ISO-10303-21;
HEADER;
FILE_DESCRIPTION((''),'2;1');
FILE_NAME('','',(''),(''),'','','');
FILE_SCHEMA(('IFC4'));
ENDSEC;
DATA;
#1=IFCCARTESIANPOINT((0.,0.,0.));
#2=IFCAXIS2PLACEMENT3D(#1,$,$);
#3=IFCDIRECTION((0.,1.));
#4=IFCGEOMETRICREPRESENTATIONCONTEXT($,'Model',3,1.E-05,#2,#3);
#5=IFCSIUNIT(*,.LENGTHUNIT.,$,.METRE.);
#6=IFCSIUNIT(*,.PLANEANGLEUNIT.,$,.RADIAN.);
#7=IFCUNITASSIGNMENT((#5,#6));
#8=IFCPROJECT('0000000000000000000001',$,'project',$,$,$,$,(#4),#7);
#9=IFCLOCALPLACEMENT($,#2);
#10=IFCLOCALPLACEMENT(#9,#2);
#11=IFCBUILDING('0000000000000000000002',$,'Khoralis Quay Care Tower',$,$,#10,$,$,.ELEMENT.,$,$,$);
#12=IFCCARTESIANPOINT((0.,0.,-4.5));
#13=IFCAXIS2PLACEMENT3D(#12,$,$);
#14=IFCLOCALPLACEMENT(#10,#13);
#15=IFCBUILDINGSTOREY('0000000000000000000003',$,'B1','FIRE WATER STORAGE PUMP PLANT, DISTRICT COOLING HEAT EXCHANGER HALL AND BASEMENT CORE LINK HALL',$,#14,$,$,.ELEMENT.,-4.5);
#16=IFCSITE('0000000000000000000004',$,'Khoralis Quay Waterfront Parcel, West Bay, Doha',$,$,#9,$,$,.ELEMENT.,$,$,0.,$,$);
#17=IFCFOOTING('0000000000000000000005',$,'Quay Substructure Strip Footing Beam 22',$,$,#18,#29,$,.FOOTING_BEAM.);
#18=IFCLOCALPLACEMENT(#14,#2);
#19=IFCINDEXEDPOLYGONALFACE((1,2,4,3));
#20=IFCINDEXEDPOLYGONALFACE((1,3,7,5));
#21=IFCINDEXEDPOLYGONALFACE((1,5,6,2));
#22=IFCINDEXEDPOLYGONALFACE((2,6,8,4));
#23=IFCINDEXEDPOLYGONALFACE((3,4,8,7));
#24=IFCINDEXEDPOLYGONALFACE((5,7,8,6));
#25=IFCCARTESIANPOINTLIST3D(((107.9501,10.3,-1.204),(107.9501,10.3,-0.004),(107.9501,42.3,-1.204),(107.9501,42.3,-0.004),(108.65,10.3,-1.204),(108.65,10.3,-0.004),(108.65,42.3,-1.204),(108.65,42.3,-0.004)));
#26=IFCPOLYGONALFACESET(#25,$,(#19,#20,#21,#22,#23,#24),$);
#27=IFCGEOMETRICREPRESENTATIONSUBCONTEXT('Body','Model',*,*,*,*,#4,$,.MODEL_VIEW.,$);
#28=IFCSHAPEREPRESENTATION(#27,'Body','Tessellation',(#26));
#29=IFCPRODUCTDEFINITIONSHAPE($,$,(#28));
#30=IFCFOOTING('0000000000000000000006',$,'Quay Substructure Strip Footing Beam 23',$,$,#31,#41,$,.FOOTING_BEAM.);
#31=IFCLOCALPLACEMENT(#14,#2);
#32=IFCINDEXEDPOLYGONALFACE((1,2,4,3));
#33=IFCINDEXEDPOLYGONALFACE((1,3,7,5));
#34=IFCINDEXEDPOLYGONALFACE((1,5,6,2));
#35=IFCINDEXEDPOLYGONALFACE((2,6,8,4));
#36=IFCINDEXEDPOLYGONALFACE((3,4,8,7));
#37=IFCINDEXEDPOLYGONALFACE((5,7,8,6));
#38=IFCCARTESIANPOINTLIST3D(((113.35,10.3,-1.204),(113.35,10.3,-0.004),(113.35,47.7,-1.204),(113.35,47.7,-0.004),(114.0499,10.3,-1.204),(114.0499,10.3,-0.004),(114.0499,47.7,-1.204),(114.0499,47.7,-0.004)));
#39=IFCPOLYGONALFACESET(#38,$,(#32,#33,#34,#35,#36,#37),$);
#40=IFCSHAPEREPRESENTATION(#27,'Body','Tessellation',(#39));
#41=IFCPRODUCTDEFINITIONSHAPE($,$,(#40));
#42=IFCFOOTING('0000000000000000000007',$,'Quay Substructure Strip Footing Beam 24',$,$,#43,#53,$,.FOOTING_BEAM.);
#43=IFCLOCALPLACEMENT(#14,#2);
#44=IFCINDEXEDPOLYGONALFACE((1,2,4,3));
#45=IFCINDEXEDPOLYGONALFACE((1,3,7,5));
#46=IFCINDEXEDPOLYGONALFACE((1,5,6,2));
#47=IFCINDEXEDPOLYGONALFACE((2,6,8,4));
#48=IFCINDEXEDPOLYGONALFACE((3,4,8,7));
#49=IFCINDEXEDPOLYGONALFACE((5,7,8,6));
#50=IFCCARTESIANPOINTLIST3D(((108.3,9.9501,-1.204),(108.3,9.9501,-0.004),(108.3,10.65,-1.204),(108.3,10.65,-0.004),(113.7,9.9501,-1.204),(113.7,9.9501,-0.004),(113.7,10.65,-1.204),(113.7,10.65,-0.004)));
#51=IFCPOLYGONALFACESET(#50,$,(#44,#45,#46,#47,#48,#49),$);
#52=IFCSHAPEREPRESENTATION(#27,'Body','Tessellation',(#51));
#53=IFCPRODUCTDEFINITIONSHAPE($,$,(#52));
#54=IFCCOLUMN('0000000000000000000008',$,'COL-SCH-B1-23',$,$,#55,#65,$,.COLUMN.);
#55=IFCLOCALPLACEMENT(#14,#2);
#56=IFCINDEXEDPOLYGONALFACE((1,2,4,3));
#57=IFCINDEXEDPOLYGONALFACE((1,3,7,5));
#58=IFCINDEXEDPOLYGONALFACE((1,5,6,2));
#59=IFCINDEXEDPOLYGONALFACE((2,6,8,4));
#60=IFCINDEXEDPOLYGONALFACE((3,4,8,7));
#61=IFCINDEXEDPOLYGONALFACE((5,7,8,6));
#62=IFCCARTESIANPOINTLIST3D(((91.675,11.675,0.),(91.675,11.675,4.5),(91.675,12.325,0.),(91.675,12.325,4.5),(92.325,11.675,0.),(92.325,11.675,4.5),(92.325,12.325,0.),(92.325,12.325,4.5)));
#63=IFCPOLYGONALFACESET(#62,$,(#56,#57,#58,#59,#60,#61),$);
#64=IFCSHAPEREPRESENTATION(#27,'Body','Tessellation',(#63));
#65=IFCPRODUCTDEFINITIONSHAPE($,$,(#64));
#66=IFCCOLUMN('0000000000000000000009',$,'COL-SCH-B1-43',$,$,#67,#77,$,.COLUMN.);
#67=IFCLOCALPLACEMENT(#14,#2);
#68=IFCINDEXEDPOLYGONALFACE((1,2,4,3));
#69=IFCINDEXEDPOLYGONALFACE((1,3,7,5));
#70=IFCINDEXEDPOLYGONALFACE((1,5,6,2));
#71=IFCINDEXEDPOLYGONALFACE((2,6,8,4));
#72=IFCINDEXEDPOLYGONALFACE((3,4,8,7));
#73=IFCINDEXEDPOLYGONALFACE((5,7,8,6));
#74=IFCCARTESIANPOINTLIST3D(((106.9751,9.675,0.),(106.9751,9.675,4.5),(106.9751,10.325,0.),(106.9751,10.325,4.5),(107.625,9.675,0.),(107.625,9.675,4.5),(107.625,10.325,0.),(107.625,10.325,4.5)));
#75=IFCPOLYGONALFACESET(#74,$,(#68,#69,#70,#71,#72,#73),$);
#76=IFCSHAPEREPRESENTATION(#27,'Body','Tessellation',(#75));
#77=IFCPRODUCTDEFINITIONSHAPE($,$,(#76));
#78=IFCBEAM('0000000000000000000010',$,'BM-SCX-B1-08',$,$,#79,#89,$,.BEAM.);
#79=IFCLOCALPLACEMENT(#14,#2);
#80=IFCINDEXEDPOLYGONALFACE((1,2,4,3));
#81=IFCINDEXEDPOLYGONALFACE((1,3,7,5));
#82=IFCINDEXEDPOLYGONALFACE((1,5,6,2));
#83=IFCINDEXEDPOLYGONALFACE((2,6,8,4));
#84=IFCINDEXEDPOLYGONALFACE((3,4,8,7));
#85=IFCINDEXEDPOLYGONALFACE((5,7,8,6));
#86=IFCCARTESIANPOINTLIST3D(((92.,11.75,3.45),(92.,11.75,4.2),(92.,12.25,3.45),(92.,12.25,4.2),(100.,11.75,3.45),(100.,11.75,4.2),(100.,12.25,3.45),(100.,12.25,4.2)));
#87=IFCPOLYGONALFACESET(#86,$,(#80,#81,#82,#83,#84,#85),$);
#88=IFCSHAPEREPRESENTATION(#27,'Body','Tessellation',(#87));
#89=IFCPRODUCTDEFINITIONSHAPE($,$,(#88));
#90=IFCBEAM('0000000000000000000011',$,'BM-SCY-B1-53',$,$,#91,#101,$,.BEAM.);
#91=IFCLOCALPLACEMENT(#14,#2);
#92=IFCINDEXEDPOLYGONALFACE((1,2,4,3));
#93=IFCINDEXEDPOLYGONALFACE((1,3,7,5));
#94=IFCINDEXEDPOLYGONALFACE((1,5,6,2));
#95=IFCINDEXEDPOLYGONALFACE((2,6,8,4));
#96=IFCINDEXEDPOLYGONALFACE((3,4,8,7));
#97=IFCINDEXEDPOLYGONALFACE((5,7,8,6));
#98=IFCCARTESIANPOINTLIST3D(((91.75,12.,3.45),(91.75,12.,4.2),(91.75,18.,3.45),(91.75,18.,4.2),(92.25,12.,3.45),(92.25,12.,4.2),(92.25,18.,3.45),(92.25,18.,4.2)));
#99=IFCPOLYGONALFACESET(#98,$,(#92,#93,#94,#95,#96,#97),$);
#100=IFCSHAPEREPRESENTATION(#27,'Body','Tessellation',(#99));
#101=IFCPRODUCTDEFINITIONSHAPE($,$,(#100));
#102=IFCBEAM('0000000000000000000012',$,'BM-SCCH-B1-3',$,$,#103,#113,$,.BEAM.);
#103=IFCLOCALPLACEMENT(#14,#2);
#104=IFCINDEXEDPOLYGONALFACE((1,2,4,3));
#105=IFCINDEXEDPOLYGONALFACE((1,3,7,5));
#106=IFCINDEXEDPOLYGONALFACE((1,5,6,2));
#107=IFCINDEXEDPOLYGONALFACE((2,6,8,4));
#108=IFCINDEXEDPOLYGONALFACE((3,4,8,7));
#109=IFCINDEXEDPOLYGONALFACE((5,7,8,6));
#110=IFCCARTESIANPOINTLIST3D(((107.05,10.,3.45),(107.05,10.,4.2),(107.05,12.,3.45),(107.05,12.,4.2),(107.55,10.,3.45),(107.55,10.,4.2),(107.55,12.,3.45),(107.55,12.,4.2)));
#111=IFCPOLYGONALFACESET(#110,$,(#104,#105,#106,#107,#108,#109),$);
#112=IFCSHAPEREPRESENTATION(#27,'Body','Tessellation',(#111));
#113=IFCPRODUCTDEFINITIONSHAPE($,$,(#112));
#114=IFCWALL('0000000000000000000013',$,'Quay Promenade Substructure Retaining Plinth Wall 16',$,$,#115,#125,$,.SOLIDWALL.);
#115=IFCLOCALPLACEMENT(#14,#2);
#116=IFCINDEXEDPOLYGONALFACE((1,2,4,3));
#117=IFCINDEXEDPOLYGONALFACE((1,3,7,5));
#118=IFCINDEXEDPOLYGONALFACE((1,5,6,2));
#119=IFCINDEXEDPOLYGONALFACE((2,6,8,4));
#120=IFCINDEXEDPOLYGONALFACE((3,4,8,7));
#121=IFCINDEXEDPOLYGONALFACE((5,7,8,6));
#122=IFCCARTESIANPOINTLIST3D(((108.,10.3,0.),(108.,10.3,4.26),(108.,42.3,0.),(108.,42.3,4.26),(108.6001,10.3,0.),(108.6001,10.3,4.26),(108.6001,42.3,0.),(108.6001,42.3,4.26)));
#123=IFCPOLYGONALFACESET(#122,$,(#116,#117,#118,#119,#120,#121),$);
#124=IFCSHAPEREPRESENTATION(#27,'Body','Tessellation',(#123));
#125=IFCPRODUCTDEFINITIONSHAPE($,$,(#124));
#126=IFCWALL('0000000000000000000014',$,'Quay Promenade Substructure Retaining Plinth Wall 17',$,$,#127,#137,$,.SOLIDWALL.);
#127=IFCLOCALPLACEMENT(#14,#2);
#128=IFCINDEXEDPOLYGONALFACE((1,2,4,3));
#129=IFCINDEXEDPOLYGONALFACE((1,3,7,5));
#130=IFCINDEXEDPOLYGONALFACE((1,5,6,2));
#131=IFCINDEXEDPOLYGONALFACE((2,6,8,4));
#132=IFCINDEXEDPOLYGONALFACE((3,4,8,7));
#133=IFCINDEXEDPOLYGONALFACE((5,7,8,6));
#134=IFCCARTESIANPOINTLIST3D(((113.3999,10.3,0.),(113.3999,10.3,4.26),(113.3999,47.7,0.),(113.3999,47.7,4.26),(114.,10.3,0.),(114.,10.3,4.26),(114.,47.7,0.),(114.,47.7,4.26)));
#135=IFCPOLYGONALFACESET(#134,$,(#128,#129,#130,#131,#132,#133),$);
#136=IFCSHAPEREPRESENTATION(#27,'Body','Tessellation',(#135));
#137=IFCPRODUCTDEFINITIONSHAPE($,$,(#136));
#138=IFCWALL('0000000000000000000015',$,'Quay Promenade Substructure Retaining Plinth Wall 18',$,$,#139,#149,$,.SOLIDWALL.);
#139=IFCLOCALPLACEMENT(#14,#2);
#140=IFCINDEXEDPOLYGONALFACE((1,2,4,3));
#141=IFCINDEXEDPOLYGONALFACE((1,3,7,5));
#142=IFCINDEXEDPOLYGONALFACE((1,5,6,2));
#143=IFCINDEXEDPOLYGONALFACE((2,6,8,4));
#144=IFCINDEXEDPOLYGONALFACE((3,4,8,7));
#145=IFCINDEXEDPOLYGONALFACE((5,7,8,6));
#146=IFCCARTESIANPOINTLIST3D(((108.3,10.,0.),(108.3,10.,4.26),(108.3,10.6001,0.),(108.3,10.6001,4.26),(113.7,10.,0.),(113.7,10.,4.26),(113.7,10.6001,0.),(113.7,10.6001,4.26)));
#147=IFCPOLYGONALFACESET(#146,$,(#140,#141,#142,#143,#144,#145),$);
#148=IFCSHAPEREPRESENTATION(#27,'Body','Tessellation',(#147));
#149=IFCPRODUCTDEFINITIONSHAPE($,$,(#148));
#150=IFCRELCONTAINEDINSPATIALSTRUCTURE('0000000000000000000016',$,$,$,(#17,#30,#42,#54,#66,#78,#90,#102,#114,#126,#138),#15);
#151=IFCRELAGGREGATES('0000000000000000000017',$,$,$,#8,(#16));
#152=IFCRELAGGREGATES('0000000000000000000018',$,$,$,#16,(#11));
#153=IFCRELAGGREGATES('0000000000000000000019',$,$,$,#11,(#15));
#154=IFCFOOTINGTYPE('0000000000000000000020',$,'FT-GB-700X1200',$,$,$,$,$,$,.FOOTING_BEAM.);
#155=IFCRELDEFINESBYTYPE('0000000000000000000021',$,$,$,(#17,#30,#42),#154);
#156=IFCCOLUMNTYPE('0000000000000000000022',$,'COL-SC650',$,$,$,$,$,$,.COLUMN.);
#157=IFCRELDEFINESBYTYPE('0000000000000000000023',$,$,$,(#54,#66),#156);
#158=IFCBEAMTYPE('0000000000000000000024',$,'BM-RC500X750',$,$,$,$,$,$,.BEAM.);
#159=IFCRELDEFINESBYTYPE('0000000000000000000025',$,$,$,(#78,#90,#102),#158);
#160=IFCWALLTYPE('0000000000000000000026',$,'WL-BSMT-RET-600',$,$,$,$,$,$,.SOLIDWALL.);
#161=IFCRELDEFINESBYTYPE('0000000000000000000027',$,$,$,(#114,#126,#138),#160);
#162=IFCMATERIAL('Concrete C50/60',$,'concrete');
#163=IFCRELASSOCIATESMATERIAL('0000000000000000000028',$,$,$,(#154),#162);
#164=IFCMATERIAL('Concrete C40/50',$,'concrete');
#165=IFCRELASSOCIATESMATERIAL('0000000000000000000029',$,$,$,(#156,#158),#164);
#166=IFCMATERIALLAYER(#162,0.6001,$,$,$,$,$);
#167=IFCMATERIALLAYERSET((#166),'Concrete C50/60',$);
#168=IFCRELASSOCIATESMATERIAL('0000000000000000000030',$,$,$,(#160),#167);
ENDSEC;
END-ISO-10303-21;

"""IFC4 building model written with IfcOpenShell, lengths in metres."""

from ifc_helpers import new_model, si_unit, direction, frame, frame_2d, origin, origin_2d, place, context, subcontext, project, spatial, rectangle, extrude, source, transform, mapped, material, layer, layer_set, material_profile, profile_set, type_object, element, save


model = new_model("IFC4")

# Units and contexts
model_context = context("Model", 3, precision=1e-05, world=origin(), true_north=direction((0.0, 1.0)))
body_context = subcontext(model_context, "Body", "Model", "MODEL_VIEW")
ifc_project = project(units=[si_unit("LENGTHUNIT", "METRE"), si_unit("PLANEANGLEUNIT", "RADIAN")], contexts=[model_context])

# Site, building, storey
site_placement = place(None, origin())
site = spatial("IfcSite", under=ifc_project, at=site_placement, Name="Khoralis Quay Waterfront Parcel, West Bay, Doha", CompositionType="ELEMENT", RefElevation=0.0)
building_placement = place(site_placement, origin())
building = spatial("IfcBuilding", under=site, at=building_placement, Name="Khoralis Quay Care Tower", CompositionType="ELEMENT")
storey_placement = place(building_placement, frame((0.0, 0.0, -4.5)))
storey = spatial("IfcBuildingStorey", under=building, at=storey_placement, Name="B1", Description="FIRE WATER STORAGE PUMP PLANT, DISTRICT COOLING HEAT EXCHANGER HALL AND BASEMENT CORE LINK HALL", CompositionType="ELEMENT", Elevation=-4.5)

# Shared definitions
ifc_material_1 = material(Name="Concrete C50/60", Category="concrete")

# Footings
ifc_material_profile_1 = material_profile(ifc_material_1, rectangle(XDim=0.7, YDim=1.2, at=origin_2d()), Name="Concrete C50/60")
ifc_profile_set_1 = profile_set([ifc_material_profile_1], Name="Concrete C50/60")
footing_type_1 = type_object("IfcFootingType", Name="FT-GB-700X1200", PredefinedType="FOOTING_BEAM", material=ifc_profile_set_1)
shared_shape_1 = source(origin(), body_context, "Body", "SweptSolid", [
    extrude(rectangle(XDim=0.7, YDim=1.2, at=origin_2d()), origin(), (0.0, 0.0, 1.0), 32.0),
])
footing_1_placement = place(storey_placement, frame((108.3, 10.3, -0.604), z_axis=(0.0, 1.0, 0.0), x_axis=(-1.0, 0.0, 0.0)))
element("IfcFooting", 1, at=footing_1_placement, inside=storey, type_object=footing_type_1, Name="Quay Substructure Strip Footing Beam 22", PredefinedType="FOOTING_BEAM", context=body_context, shape_type="MappedRepresentation", body=[
    mapped(shared_shape_1, transform((0.0, 0.0, 0.0), scale=1.0)),
])
shared_shape_2 = source(origin(), body_context, "Body", "SweptSolid", [
    extrude(rectangle(XDim=0.7, YDim=1.2, at=origin_2d()), origin(), (0.0, 0.0, 1.0), 37.3999),
])
footing_2_placement = place(storey_placement, frame((113.7, 10.3, -0.604), z_axis=(0.0, 1.0, 0.0), x_axis=(-1.0, 0.0, 0.0)))
element("IfcFooting", 2, at=footing_2_placement, inside=storey, type_object=footing_type_1, Name="Quay Substructure Strip Footing Beam 23", PredefinedType="FOOTING_BEAM", context=body_context, shape_type="MappedRepresentation", body=[
    mapped(shared_shape_2, transform((0.0, 0.0, 0.0), scale=1.0)),
])
shared_shape_3 = source(origin(), body_context, "Body", "SweptSolid", [
    extrude(rectangle(XDim=0.7, YDim=1.2, at=origin_2d()), origin(), (0.0, 0.0, 1.0), 5.3999),
])
footing_3_placement = place(storey_placement, frame((108.3, 10.3, -0.604), z_axis=(1.0, 0.0, 0.0), x_axis=(0.0, 1.0, 0.0)))
element("IfcFooting", 3, at=footing_3_placement, inside=storey, type_object=footing_type_1, Name="Quay Substructure Strip Footing Beam 24", PredefinedType="FOOTING_BEAM", context=body_context, shape_type="MappedRepresentation", body=[
    mapped(shared_shape_3, transform((0.0, 0.0, 0.0), scale=1.0)),
])

# Columns
ifc_material_2 = material(Name="Concrete C40/50", Category="concrete")
ifc_material_profile_2 = material_profile(ifc_material_2, rectangle(XDim=0.6499, YDim=0.6499, at=origin_2d()), Name="Concrete C40/50")
ifc_profile_set_2 = profile_set([ifc_material_profile_2], Name="Concrete C40/50")
column_type = type_object("IfcColumnType", Name="COL-SC650", PredefinedType="COLUMN", material=ifc_profile_set_2)
shared_shape_4 = source(origin(), body_context, "Body", "SweptSolid", [
    extrude(rectangle(XDim=0.6499, YDim=0.6499, at=origin_2d()), origin(), (0.0, 0.0, 1.0), 4.5),
])
for number, where, z_axis, x_axis, name in (
    (4, (92.0, 12.0, 0.0), (0.0, 0.0, 1.0), (1.0, 0.0, 0.0), "COL-SCH-B1-23"),
    (5, (107.3, 10.0, 0.0), (0.0, 0.0, 1.0), (1.0, 0.0, 0.0), "COL-SCH-B1-43"),
):
    element("IfcColumn", number, at=place(storey_placement, frame(where, z_axis=z_axis, x_axis=x_axis)), inside=storey, type_object=column_type, Name=name, PredefinedType="COLUMN", context=body_context, shape_type="MappedRepresentation", body=[
        mapped(shared_shape_4, transform((0.0, 0.0, 0.0), scale=1.0)),
    ])

# Beams
ifc_material_profile_3 = material_profile(ifc_material_2, rectangle(XDim=0.5, YDim=0.75, at=origin_2d()), Name="Concrete C40/50")
ifc_profile_set_3 = profile_set([ifc_material_profile_3], Name="Concrete C40/50")
beam_type = type_object("IfcBeamType", Name="BM-RC500X750", PredefinedType="BEAM", material=ifc_profile_set_3)
shared_shape_5 = source(origin(), body_context, "Body", "SweptSolid", [
    extrude(rectangle(XDim=0.5, YDim=0.75, at=origin_2d()), origin(), (0.0, 0.0, 1.0), 8.0),
])
beam_1_placement = place(storey_placement, frame((92.0, 12.0, 3.825), z_axis=(1.0, 0.0, 0.0), x_axis=(0.0, 1.0, 0.0)))
element("IfcBeam", 6, at=beam_1_placement, inside=storey, type_object=beam_type, Name="BM-SCX-B1-08", PredefinedType="BEAM", context=body_context, shape_type="MappedRepresentation", body=[
    mapped(shared_shape_5, transform((0.0, 0.0, 0.0), scale=1.0)),
])
shared_shape_6 = source(origin(), body_context, "Body", "SweptSolid", [
    extrude(rectangle(XDim=0.5, YDim=0.75, at=origin_2d()), origin(), (0.0, 0.0, 1.0), 6.0),
])
beam_2_placement = place(storey_placement, frame((92.0, 12.0, 3.825), z_axis=(0.0, 1.0, 0.0), x_axis=(-1.0, 0.0, 0.0)))
element("IfcBeam", 7, at=beam_2_placement, inside=storey, type_object=beam_type, Name="BM-SCY-B1-53", PredefinedType="BEAM", context=body_context, shape_type="MappedRepresentation", body=[
    mapped(shared_shape_6, transform((0.0, 0.0, 0.0), scale=1.0)),
])
shared_shape_7 = source(origin(), body_context, "Body", "SweptSolid", [
    extrude(rectangle(XDim=0.5, YDim=0.75, at=origin_2d()), origin(), (0.0, 0.0, 1.0), 2.0),
])
beam_3_placement = place(storey_placement, frame((107.3, 10.0, 3.825), z_axis=(0.0, 1.0, 0.0), x_axis=(-1.0, 0.0, 0.0)))
element("IfcBeam", 8, at=beam_3_placement, inside=storey, type_object=beam_type, Name="BM-SCCH-B1-3", PredefinedType="BEAM", context=body_context, shape_type="MappedRepresentation", body=[
    mapped(shared_shape_7, transform((0.0, 0.0, 0.0), scale=1.0)),
])

# Walls
ifc_layer = layer(ifc_material_1, 0.6001)
ifc_layer_set = layer_set([ifc_layer], Name="Concrete C50/60")
wall_type = type_object("IfcWallType", Name="WL-BSMT-RET-600", PredefinedType="SOLIDWALL", material=ifc_layer_set)
wall_1_placement = place(storey_placement, frame((108.3, 10.3, 0.0), z_axis=(0.0, 0.0, 1.0), x_axis=(0.0, 1.0, 0.0)))
element("IfcWall", 9, at=wall_1_placement, inside=storey, type_object=wall_type, Name="Quay Promenade Substructure Retaining Plinth Wall 16", PredefinedType="SOLIDWALL", context=body_context, shape_type="SweptSolid", body=[
    extrude(rectangle(XDim=32.0, YDim=0.6001, at=frame_2d((16.0, 0.0))), origin(), (0.0, 0.0, 1.0), 4.26),
])
wall_2_placement = place(storey_placement, frame((113.7, 10.3, 0.0), z_axis=(0.0, 0.0, 1.0), x_axis=(0.0, 1.0, 0.0)))
element("IfcWall", 10, at=wall_2_placement, inside=storey, type_object=wall_type, Name="Quay Promenade Substructure Retaining Plinth Wall 17", PredefinedType="SOLIDWALL", context=body_context, shape_type="SweptSolid", body=[
    extrude(rectangle(XDim=37.3999, YDim=0.6001, at=frame_2d((18.7, 0.0))), origin(), (0.0, 0.0, 1.0), 4.26),
])
wall_3_placement = place(storey_placement, frame((108.3, 10.3, 0.0), z_axis=(0.0, 0.0, 1.0), x_axis=(1.0, 0.0, 0.0)))
element("IfcWall", 11, at=wall_3_placement, inside=storey, type_object=wall_type, Name="Quay Promenade Substructure Retaining Plinth Wall 18", PredefinedType="SOLIDWALL", context=body_context, shape_type="SweptSolid", body=[
    extrude(rectangle(XDim=5.3999, YDim=0.6001, at=frame_2d((2.7, 0.0))), origin(), (0.0, 0.0, 1.0), 4.26),
])

save(model, "model.ifc")
